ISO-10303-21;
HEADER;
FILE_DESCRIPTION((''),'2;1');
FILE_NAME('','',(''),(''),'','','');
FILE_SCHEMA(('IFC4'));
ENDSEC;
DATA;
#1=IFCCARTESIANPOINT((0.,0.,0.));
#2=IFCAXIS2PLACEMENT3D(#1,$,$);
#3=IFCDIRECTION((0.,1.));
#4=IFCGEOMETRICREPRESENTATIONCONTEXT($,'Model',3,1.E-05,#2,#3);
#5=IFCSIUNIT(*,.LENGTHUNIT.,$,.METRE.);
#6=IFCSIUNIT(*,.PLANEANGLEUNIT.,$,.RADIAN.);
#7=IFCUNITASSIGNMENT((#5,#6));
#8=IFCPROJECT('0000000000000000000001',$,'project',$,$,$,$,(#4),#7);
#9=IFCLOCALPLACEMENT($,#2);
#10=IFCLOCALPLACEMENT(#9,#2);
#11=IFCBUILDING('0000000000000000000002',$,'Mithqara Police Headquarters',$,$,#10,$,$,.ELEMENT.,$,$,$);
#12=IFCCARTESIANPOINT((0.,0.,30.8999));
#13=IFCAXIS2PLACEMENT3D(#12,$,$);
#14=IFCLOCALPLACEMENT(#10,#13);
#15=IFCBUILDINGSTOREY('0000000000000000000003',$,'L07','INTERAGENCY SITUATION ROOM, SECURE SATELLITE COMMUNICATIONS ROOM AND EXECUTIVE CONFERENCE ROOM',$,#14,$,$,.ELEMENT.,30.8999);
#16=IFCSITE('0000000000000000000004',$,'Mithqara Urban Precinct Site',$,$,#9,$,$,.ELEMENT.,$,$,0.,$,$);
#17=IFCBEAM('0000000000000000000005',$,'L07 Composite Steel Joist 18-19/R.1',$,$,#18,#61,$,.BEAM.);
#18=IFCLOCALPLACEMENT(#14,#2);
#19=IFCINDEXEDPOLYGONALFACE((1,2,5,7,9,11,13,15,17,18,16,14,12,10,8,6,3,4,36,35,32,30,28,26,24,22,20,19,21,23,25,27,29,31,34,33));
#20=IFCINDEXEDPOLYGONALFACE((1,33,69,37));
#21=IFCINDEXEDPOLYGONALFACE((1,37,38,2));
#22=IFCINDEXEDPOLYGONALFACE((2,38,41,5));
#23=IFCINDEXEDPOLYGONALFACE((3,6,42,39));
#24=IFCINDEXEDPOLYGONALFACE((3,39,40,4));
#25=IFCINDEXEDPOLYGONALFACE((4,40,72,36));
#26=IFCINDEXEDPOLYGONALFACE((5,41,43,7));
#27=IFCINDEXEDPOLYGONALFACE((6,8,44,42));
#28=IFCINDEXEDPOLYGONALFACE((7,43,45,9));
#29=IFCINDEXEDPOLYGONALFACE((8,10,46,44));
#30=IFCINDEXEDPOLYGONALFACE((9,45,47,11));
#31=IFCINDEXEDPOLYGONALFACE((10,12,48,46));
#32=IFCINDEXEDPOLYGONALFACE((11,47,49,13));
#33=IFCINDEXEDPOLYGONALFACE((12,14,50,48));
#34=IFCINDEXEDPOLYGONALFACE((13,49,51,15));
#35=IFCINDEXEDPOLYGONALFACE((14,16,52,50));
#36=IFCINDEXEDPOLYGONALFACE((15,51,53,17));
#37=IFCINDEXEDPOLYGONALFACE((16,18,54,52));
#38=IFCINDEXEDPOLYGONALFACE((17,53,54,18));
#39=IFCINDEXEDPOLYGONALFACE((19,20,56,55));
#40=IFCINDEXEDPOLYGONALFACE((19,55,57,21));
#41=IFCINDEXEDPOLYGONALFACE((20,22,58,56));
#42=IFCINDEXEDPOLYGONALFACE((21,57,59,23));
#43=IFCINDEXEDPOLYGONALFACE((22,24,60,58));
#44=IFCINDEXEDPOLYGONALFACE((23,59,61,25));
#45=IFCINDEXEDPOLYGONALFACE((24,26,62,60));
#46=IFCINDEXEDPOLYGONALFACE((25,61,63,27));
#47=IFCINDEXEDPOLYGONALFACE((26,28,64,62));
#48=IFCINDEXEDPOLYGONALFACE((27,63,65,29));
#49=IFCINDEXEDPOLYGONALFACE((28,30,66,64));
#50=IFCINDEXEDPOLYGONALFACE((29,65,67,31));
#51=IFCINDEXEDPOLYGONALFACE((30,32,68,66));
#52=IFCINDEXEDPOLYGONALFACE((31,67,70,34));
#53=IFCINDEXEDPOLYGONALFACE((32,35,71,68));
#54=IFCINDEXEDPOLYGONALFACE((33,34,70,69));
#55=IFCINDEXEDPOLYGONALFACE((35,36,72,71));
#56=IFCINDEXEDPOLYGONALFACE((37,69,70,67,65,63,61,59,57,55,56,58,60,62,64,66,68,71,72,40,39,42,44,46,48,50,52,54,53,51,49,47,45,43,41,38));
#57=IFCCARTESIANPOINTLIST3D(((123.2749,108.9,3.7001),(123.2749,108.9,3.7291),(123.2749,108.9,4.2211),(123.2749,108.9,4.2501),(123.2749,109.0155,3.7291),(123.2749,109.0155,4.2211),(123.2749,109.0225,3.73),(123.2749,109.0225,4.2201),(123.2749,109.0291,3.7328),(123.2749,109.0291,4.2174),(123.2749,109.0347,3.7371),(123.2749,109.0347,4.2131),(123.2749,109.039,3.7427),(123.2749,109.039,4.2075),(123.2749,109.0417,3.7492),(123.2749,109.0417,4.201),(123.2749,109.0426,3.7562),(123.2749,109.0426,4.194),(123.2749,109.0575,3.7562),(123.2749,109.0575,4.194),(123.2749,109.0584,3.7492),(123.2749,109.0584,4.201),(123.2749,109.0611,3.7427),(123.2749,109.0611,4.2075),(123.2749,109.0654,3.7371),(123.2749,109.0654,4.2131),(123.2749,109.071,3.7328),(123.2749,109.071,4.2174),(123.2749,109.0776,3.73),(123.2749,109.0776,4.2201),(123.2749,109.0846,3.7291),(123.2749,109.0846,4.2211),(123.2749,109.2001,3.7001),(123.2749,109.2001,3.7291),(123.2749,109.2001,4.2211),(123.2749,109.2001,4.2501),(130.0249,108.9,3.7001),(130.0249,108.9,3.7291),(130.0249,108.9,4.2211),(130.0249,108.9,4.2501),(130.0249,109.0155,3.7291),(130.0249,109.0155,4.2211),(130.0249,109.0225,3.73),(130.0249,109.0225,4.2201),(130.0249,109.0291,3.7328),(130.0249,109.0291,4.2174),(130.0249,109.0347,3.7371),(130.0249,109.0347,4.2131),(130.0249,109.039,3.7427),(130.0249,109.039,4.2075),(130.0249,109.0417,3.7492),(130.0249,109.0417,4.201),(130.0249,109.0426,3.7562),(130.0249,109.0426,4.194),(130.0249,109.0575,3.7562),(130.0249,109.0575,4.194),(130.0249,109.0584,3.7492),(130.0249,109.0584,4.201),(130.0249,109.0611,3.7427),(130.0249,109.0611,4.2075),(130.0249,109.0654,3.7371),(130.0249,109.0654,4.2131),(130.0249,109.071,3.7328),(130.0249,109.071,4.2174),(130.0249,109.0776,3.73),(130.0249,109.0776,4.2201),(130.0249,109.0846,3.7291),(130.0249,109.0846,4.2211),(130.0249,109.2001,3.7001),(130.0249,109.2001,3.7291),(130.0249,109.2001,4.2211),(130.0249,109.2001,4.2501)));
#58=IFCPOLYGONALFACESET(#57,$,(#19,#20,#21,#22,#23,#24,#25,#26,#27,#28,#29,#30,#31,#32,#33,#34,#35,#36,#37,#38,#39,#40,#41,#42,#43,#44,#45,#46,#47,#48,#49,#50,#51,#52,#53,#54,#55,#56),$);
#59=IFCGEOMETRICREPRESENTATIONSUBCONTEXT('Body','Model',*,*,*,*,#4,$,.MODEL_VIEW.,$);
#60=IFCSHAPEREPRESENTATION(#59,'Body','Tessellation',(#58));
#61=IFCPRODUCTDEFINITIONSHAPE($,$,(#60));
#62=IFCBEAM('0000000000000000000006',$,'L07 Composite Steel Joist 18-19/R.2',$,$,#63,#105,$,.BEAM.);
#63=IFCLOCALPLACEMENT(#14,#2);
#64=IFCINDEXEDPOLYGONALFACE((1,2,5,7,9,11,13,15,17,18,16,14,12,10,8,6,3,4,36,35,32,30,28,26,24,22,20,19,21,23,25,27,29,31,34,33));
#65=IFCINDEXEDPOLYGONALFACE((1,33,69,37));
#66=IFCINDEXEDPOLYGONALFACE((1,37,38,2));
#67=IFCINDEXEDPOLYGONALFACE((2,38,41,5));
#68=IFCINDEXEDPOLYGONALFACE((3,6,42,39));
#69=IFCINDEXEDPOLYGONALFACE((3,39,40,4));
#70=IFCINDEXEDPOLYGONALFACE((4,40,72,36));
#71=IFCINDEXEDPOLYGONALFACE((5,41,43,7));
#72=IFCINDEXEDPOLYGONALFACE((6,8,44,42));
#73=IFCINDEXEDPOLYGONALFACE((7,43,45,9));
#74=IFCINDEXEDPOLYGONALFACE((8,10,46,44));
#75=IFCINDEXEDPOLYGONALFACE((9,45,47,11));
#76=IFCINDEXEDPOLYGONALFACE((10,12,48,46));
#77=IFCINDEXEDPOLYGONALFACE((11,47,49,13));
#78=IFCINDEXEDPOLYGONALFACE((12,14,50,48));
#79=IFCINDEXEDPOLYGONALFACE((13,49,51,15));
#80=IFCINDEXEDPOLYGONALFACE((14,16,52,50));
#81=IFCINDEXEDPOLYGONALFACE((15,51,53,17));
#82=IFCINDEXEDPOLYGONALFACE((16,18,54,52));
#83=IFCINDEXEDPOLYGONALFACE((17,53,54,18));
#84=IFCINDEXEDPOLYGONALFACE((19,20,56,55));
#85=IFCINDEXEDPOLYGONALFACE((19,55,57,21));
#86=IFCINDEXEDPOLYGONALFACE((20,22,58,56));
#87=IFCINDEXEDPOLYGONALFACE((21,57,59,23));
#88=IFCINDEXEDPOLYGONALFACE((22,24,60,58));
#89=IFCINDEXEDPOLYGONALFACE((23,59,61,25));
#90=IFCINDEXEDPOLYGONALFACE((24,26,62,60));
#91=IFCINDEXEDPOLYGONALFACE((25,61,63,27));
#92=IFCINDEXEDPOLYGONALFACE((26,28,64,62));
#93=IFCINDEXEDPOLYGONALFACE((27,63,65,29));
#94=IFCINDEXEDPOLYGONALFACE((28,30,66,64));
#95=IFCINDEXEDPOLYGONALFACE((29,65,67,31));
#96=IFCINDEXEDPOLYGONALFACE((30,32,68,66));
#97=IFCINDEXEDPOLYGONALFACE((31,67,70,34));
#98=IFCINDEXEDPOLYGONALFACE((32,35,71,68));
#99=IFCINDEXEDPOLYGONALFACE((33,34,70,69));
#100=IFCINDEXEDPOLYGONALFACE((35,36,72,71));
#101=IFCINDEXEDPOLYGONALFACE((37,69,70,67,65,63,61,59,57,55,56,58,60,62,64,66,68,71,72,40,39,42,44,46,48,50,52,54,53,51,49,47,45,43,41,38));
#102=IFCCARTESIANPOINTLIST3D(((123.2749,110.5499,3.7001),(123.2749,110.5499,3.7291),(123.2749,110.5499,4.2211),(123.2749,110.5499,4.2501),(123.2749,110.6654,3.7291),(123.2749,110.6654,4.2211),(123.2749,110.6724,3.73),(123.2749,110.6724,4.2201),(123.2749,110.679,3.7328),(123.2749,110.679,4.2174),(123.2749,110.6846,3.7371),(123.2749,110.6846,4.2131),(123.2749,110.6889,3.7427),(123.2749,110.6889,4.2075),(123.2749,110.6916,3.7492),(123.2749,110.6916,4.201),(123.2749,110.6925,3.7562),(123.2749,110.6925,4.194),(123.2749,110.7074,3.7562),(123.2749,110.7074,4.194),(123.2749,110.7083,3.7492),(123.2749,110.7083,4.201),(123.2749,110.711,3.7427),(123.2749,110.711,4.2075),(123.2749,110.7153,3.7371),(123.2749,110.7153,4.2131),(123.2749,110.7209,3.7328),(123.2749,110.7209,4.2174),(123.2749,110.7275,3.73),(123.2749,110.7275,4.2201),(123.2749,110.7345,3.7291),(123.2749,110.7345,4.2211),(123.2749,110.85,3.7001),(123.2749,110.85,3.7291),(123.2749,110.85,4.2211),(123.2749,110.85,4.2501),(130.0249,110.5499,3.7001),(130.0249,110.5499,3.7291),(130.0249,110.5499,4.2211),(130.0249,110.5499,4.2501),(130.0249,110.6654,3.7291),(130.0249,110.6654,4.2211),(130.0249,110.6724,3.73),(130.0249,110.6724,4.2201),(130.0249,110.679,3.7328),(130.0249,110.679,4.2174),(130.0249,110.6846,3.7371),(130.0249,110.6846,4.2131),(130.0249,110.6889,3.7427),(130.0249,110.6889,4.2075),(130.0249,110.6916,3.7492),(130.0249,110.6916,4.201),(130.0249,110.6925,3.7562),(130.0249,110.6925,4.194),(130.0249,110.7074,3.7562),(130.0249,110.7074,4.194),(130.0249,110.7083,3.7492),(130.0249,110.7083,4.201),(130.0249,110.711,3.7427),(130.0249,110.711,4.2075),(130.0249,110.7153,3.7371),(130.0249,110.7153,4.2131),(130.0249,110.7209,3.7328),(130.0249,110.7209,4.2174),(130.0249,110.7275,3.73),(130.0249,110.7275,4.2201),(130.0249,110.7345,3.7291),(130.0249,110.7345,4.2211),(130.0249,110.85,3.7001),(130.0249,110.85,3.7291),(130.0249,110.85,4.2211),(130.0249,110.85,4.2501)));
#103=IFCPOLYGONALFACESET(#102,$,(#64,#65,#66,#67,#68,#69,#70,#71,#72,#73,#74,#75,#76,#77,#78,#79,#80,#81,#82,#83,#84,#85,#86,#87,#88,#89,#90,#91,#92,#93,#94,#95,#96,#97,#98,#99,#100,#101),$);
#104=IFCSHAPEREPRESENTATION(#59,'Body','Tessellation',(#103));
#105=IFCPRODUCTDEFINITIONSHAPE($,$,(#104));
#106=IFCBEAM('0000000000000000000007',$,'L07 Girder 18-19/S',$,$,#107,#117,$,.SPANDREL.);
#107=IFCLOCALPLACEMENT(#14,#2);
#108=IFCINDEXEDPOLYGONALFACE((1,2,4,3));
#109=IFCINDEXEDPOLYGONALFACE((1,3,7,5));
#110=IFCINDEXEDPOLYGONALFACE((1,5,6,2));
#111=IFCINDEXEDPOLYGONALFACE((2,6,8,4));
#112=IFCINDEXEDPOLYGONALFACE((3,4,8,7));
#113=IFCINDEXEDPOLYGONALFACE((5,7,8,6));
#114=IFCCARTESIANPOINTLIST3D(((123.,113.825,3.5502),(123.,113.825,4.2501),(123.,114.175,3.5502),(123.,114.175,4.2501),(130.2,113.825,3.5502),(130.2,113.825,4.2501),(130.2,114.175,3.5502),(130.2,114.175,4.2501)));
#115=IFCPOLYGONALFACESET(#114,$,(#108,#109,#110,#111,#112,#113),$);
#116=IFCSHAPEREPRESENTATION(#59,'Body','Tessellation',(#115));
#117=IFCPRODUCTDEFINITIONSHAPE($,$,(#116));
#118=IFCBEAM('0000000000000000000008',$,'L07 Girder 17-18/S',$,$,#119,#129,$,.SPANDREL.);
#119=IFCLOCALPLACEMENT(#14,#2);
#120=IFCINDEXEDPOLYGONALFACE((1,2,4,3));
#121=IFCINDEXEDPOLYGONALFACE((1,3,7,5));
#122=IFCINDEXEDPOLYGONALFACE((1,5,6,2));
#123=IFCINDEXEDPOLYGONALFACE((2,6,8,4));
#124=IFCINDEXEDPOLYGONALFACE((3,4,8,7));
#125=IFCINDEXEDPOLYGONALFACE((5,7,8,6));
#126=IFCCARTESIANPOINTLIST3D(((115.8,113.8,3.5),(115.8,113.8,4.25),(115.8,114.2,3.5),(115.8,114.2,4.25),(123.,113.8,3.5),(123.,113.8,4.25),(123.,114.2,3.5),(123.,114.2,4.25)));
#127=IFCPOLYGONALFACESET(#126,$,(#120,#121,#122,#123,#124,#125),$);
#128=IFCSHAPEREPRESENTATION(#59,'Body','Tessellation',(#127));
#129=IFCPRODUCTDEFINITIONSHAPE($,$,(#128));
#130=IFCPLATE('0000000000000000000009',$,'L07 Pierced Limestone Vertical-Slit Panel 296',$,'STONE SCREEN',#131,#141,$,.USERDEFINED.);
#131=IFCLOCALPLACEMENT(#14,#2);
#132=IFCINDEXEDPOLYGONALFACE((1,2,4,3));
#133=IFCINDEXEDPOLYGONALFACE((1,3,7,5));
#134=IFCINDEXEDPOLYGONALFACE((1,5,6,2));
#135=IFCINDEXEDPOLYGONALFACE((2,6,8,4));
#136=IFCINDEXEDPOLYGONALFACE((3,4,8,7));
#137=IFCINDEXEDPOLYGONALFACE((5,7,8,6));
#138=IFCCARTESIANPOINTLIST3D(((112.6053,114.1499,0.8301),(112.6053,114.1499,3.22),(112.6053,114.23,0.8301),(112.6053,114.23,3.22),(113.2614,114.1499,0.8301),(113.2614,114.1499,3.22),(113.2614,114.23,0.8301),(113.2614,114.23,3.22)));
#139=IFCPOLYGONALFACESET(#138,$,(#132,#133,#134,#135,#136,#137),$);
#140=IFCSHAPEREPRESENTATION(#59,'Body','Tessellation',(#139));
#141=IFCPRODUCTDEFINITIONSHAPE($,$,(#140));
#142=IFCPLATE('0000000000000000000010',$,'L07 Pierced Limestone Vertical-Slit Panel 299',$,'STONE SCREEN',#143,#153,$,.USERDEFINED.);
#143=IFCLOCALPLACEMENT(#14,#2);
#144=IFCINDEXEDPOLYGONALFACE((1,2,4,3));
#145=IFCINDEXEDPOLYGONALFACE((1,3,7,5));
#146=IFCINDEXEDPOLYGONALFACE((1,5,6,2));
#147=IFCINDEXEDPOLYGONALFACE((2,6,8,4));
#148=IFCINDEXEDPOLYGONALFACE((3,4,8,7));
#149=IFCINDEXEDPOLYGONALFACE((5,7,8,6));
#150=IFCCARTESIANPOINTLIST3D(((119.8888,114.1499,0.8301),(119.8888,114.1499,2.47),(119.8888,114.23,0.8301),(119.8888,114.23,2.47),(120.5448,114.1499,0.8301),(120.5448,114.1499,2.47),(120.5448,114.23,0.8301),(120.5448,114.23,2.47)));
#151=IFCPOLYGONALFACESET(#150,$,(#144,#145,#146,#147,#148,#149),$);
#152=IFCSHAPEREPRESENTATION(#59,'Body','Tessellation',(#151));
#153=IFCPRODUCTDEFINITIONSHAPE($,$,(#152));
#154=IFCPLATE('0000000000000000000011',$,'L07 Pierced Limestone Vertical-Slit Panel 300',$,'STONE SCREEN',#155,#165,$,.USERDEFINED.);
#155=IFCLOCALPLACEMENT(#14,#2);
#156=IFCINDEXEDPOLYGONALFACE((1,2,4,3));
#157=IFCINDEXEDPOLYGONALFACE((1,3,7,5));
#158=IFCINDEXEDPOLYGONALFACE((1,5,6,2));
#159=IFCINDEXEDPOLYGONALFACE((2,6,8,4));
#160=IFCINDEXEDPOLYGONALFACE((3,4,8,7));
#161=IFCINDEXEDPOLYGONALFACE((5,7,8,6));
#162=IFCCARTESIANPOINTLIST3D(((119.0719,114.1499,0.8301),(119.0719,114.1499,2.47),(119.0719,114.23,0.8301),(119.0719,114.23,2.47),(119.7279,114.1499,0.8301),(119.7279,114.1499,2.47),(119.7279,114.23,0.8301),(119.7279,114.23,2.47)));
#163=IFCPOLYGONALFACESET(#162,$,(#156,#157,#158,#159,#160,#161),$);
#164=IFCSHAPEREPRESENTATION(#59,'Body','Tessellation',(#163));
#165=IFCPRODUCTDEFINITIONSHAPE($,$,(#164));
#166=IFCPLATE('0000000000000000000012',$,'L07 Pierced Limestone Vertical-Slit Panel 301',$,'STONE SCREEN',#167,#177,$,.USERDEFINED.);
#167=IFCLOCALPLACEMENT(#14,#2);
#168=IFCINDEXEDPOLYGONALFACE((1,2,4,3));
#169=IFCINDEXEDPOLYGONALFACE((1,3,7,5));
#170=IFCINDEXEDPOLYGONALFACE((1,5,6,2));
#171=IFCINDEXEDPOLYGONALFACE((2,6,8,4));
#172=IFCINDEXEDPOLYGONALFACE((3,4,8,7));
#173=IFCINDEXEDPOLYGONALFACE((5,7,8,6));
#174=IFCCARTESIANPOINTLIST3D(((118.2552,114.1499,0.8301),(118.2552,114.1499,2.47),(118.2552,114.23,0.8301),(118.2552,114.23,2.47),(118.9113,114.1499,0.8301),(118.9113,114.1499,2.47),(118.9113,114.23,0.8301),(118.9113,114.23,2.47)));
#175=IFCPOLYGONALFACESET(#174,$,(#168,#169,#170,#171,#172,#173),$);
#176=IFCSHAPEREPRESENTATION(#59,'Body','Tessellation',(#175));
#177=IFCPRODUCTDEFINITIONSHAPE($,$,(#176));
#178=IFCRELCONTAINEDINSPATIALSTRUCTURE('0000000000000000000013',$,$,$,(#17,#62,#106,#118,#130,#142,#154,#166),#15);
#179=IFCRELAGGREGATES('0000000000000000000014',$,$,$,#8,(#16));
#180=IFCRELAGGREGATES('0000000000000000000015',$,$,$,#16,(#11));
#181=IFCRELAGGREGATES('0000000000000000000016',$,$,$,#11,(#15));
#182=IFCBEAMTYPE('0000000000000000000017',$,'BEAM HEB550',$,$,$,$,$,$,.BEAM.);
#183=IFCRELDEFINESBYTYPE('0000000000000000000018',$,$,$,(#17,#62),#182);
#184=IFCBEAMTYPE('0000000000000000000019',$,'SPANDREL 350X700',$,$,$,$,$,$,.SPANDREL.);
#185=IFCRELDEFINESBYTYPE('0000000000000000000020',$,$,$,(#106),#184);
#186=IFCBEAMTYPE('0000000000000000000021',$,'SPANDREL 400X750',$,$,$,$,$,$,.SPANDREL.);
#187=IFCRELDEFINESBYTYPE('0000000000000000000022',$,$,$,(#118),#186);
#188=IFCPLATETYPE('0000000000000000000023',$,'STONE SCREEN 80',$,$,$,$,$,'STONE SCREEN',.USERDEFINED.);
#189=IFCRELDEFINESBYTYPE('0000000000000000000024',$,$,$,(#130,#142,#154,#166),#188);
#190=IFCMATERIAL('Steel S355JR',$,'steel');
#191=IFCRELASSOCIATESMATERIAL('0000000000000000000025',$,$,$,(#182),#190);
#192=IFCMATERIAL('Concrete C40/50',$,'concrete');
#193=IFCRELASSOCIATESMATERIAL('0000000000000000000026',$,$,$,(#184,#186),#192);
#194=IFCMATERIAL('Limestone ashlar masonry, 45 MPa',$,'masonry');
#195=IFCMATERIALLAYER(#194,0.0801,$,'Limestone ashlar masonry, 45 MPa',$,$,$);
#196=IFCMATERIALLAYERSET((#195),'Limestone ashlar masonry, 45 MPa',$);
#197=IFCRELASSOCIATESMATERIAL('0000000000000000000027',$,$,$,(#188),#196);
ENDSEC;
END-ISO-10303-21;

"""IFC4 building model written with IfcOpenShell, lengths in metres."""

from ifc_helpers import new_model, si_unit, direction, frame, origin, origin_2d, place, context, subcontext, project, spatial, rectangle, i_section, extrude, material, layer, layer_set, material_profile, profile_set, type_object, element, save


model = new_model("IFC4")

# Units and contexts
model_context = context("Model", 3, precision=1e-05, world=origin(), true_north=direction((0.0, 1.0)))
body_context = subcontext(model_context, "Body", "Model", "MODEL_VIEW")
ifc_project = project(units=[si_unit("LENGTHUNIT", "METRE"), si_unit("PLANEANGLEUNIT", "RADIAN")], contexts=[model_context])

# Site, building, storey
site_placement = place(None, origin())
site = spatial("IfcSite", under=ifc_project, at=site_placement, Name="Mithqara Urban Precinct Site", CompositionType="ELEMENT", RefElevation=0.0)
building_placement = place(site_placement, origin())
building = spatial("IfcBuilding", under=site, at=building_placement, Name="Mithqara Police Headquarters", CompositionType="ELEMENT")
storey_placement = place(building_placement, frame((0.0, 0.0, 30.8999)))
storey = spatial("IfcBuildingStorey", under=building, at=storey_placement, Name="L07", Description="INTERAGENCY SITUATION ROOM, SECURE SATELLITE COMMUNICATIONS ROOM AND EXECUTIVE CONFERENCE ROOM", CompositionType="ELEMENT", Elevation=30.8999)

# Beams
ifc_material_1 = material(Name="Steel S355JR", Category="steel")
ifc_material_profile_1 = material_profile(ifc_material_1, i_section(OverallWidth=0.3, OverallDepth=0.55, WebThickness=0.0149, FlangeThickness=0.0291, FilletRadius=0.0271, at=origin_2d()), Name="HEB 550")
ifc_profile_set_1 = profile_set([ifc_material_profile_1], Name="Steel S355JR")
beam_type_1 = type_object("IfcBeamType", Name="BEAM HEB550", PredefinedType="BEAM", material=ifc_profile_set_1)
for number, where, z_axis, x_axis, name in (
    (1, (123.2749, 109.05, 3.9751), (1.0, 0.0, 0.0), (0.0, 1.0, 0.0), "L07 Composite Steel Joist 18-19/R.1"),
    (2, (123.2749, 110.7, 3.9751), (1.0, 0.0, 0.0), (0.0, 1.0, 0.0), "L07 Composite Steel Joist 18-19/R.2"),
):
    element("IfcBeam", number, at=place(storey_placement, frame(where, z_axis=z_axis, x_axis=x_axis)), inside=storey, type_object=beam_type_1, Name=name, PredefinedType="BEAM", context=body_context, shape_type="SweptSolid", body=[
        extrude(i_section(OverallWidth=0.3, OverallDepth=0.55, WebThickness=0.0149, FlangeThickness=0.0291, FilletRadius=0.0271, at=origin_2d()), origin(), (0.0, 0.0, 1.0), 6.75),
    ])
ifc_material_2 = material(Name="Concrete C40/50", Category="concrete")
ifc_material_profile_2 = material_profile(ifc_material_2, rectangle(XDim=0.3501, YDim=0.7, at=origin_2d()), Name="SPB 350x700")
ifc_profile_set_2 = profile_set([ifc_material_profile_2], Name="Concrete C40/50")
beam_type_2 = type_object("IfcBeamType", Name="SPANDREL 350X700", PredefinedType="SPANDREL", material=ifc_profile_set_2)
beam_1_placement = place(storey_placement, frame((123.0, 114.0, 3.9001), z_axis=(1.0, 0.0, 0.0), x_axis=(0.0, 1.0, 0.0)))
element("IfcBeam", 3, at=beam_1_placement, inside=storey, type_object=beam_type_2, Name="L07 Girder 18-19/S", PredefinedType="SPANDREL", context=body_context, shape_type="SweptSolid", body=[
    extrude(rectangle(XDim=0.3501, YDim=0.7, at=origin_2d()), origin(), (0.0, 0.0, 1.0), 7.2),
])
ifc_material_profile_3 = material_profile(ifc_material_2, rectangle(XDim=0.3999, YDim=0.75, at=origin_2d()), Name="SPB 400x750")
ifc_profile_set_3 = profile_set([ifc_material_profile_3], Name="Concrete C40/50")
beam_type_3 = type_object("IfcBeamType", Name="SPANDREL 400X750", PredefinedType="SPANDREL", material=ifc_profile_set_3)
beam_2_placement = place(storey_placement, frame((115.8, 114.0, 3.875), z_axis=(1.0, 0.0, 0.0), x_axis=(0.0, 1.0, 0.0)))
element("IfcBeam", 4, at=beam_2_placement, inside=storey, type_object=beam_type_3, Name="L07 Girder 17-18/S", PredefinedType="SPANDREL", context=body_context, shape_type="SweptSolid", body=[
    extrude(rectangle(XDim=0.3999, YDim=0.75, at=origin_2d()), origin(), (0.0, 0.0, 1.0), 7.2),
])

# Plates
ifc_material_3 = material(Name="Limestone ashlar masonry, 45 MPa", Category="masonry")
ifc_layer_1 = layer(ifc_material_3, 0.0801, Name="Limestone ashlar masonry, 45 MPa")
ifc_layer_set_1 = layer_set([ifc_layer_1], Name="Limestone ashlar masonry, 45 MPa")
plate_type = type_object("IfcPlateType", Name="STONE SCREEN 80", ElementType="STONE SCREEN", PredefinedType="USERDEFINED", material=ifc_layer_set_1)
plate_placement = place(storey_placement, frame((112.9333, 114.1899, 0.8301), z_axis=(0.0, 0.0, 1.0), x_axis=(1.0, 0.0, 0.0)))
element("IfcPlate", 5, at=plate_placement, inside=storey, type_object=plate_type, Name="L07 Pierced Limestone Vertical-Slit Panel 296", ObjectType="STONE SCREEN", PredefinedType="USERDEFINED", context=body_context, shape_type="SweptSolid", body=[
    extrude(rectangle(XDim=0.656, YDim=0.0801, at=origin_2d()), origin(), (0.0, 0.0, 1.0), 2.3899),
])
for number, where, z_axis, x_axis, name in (
    (6, (120.2168, 114.1899, 0.8301), (0.0, 0.0, 1.0), (1.0, 0.0, 0.0), "L07 Pierced Limestone Vertical-Slit Panel 299"),
    (7, (119.3999, 114.1899, 0.8301), (0.0, 0.0, 1.0), (1.0, 0.0, 0.0), "L07 Pierced Limestone Vertical-Slit Panel 300"),
    (8, (118.5833, 114.1899, 0.8301), (0.0, 0.0, 1.0), (1.0, 0.0, 0.0), "L07 Pierced Limestone Vertical-Slit Panel 301"),
):
    element("IfcPlate", number, at=place(storey_placement, frame(where, z_axis=z_axis, x_axis=x_axis)), inside=storey, type_object=plate_type, Name=name, ObjectType="STONE SCREEN", PredefinedType="USERDEFINED", context=body_context, shape_type="SweptSolid", body=[
        extrude(rectangle(XDim=0.656, YDim=0.0801, at=origin_2d()), origin(), (0.0, 0.0, 1.0), 1.6399),
    ])

save(model, "model.ifc")
